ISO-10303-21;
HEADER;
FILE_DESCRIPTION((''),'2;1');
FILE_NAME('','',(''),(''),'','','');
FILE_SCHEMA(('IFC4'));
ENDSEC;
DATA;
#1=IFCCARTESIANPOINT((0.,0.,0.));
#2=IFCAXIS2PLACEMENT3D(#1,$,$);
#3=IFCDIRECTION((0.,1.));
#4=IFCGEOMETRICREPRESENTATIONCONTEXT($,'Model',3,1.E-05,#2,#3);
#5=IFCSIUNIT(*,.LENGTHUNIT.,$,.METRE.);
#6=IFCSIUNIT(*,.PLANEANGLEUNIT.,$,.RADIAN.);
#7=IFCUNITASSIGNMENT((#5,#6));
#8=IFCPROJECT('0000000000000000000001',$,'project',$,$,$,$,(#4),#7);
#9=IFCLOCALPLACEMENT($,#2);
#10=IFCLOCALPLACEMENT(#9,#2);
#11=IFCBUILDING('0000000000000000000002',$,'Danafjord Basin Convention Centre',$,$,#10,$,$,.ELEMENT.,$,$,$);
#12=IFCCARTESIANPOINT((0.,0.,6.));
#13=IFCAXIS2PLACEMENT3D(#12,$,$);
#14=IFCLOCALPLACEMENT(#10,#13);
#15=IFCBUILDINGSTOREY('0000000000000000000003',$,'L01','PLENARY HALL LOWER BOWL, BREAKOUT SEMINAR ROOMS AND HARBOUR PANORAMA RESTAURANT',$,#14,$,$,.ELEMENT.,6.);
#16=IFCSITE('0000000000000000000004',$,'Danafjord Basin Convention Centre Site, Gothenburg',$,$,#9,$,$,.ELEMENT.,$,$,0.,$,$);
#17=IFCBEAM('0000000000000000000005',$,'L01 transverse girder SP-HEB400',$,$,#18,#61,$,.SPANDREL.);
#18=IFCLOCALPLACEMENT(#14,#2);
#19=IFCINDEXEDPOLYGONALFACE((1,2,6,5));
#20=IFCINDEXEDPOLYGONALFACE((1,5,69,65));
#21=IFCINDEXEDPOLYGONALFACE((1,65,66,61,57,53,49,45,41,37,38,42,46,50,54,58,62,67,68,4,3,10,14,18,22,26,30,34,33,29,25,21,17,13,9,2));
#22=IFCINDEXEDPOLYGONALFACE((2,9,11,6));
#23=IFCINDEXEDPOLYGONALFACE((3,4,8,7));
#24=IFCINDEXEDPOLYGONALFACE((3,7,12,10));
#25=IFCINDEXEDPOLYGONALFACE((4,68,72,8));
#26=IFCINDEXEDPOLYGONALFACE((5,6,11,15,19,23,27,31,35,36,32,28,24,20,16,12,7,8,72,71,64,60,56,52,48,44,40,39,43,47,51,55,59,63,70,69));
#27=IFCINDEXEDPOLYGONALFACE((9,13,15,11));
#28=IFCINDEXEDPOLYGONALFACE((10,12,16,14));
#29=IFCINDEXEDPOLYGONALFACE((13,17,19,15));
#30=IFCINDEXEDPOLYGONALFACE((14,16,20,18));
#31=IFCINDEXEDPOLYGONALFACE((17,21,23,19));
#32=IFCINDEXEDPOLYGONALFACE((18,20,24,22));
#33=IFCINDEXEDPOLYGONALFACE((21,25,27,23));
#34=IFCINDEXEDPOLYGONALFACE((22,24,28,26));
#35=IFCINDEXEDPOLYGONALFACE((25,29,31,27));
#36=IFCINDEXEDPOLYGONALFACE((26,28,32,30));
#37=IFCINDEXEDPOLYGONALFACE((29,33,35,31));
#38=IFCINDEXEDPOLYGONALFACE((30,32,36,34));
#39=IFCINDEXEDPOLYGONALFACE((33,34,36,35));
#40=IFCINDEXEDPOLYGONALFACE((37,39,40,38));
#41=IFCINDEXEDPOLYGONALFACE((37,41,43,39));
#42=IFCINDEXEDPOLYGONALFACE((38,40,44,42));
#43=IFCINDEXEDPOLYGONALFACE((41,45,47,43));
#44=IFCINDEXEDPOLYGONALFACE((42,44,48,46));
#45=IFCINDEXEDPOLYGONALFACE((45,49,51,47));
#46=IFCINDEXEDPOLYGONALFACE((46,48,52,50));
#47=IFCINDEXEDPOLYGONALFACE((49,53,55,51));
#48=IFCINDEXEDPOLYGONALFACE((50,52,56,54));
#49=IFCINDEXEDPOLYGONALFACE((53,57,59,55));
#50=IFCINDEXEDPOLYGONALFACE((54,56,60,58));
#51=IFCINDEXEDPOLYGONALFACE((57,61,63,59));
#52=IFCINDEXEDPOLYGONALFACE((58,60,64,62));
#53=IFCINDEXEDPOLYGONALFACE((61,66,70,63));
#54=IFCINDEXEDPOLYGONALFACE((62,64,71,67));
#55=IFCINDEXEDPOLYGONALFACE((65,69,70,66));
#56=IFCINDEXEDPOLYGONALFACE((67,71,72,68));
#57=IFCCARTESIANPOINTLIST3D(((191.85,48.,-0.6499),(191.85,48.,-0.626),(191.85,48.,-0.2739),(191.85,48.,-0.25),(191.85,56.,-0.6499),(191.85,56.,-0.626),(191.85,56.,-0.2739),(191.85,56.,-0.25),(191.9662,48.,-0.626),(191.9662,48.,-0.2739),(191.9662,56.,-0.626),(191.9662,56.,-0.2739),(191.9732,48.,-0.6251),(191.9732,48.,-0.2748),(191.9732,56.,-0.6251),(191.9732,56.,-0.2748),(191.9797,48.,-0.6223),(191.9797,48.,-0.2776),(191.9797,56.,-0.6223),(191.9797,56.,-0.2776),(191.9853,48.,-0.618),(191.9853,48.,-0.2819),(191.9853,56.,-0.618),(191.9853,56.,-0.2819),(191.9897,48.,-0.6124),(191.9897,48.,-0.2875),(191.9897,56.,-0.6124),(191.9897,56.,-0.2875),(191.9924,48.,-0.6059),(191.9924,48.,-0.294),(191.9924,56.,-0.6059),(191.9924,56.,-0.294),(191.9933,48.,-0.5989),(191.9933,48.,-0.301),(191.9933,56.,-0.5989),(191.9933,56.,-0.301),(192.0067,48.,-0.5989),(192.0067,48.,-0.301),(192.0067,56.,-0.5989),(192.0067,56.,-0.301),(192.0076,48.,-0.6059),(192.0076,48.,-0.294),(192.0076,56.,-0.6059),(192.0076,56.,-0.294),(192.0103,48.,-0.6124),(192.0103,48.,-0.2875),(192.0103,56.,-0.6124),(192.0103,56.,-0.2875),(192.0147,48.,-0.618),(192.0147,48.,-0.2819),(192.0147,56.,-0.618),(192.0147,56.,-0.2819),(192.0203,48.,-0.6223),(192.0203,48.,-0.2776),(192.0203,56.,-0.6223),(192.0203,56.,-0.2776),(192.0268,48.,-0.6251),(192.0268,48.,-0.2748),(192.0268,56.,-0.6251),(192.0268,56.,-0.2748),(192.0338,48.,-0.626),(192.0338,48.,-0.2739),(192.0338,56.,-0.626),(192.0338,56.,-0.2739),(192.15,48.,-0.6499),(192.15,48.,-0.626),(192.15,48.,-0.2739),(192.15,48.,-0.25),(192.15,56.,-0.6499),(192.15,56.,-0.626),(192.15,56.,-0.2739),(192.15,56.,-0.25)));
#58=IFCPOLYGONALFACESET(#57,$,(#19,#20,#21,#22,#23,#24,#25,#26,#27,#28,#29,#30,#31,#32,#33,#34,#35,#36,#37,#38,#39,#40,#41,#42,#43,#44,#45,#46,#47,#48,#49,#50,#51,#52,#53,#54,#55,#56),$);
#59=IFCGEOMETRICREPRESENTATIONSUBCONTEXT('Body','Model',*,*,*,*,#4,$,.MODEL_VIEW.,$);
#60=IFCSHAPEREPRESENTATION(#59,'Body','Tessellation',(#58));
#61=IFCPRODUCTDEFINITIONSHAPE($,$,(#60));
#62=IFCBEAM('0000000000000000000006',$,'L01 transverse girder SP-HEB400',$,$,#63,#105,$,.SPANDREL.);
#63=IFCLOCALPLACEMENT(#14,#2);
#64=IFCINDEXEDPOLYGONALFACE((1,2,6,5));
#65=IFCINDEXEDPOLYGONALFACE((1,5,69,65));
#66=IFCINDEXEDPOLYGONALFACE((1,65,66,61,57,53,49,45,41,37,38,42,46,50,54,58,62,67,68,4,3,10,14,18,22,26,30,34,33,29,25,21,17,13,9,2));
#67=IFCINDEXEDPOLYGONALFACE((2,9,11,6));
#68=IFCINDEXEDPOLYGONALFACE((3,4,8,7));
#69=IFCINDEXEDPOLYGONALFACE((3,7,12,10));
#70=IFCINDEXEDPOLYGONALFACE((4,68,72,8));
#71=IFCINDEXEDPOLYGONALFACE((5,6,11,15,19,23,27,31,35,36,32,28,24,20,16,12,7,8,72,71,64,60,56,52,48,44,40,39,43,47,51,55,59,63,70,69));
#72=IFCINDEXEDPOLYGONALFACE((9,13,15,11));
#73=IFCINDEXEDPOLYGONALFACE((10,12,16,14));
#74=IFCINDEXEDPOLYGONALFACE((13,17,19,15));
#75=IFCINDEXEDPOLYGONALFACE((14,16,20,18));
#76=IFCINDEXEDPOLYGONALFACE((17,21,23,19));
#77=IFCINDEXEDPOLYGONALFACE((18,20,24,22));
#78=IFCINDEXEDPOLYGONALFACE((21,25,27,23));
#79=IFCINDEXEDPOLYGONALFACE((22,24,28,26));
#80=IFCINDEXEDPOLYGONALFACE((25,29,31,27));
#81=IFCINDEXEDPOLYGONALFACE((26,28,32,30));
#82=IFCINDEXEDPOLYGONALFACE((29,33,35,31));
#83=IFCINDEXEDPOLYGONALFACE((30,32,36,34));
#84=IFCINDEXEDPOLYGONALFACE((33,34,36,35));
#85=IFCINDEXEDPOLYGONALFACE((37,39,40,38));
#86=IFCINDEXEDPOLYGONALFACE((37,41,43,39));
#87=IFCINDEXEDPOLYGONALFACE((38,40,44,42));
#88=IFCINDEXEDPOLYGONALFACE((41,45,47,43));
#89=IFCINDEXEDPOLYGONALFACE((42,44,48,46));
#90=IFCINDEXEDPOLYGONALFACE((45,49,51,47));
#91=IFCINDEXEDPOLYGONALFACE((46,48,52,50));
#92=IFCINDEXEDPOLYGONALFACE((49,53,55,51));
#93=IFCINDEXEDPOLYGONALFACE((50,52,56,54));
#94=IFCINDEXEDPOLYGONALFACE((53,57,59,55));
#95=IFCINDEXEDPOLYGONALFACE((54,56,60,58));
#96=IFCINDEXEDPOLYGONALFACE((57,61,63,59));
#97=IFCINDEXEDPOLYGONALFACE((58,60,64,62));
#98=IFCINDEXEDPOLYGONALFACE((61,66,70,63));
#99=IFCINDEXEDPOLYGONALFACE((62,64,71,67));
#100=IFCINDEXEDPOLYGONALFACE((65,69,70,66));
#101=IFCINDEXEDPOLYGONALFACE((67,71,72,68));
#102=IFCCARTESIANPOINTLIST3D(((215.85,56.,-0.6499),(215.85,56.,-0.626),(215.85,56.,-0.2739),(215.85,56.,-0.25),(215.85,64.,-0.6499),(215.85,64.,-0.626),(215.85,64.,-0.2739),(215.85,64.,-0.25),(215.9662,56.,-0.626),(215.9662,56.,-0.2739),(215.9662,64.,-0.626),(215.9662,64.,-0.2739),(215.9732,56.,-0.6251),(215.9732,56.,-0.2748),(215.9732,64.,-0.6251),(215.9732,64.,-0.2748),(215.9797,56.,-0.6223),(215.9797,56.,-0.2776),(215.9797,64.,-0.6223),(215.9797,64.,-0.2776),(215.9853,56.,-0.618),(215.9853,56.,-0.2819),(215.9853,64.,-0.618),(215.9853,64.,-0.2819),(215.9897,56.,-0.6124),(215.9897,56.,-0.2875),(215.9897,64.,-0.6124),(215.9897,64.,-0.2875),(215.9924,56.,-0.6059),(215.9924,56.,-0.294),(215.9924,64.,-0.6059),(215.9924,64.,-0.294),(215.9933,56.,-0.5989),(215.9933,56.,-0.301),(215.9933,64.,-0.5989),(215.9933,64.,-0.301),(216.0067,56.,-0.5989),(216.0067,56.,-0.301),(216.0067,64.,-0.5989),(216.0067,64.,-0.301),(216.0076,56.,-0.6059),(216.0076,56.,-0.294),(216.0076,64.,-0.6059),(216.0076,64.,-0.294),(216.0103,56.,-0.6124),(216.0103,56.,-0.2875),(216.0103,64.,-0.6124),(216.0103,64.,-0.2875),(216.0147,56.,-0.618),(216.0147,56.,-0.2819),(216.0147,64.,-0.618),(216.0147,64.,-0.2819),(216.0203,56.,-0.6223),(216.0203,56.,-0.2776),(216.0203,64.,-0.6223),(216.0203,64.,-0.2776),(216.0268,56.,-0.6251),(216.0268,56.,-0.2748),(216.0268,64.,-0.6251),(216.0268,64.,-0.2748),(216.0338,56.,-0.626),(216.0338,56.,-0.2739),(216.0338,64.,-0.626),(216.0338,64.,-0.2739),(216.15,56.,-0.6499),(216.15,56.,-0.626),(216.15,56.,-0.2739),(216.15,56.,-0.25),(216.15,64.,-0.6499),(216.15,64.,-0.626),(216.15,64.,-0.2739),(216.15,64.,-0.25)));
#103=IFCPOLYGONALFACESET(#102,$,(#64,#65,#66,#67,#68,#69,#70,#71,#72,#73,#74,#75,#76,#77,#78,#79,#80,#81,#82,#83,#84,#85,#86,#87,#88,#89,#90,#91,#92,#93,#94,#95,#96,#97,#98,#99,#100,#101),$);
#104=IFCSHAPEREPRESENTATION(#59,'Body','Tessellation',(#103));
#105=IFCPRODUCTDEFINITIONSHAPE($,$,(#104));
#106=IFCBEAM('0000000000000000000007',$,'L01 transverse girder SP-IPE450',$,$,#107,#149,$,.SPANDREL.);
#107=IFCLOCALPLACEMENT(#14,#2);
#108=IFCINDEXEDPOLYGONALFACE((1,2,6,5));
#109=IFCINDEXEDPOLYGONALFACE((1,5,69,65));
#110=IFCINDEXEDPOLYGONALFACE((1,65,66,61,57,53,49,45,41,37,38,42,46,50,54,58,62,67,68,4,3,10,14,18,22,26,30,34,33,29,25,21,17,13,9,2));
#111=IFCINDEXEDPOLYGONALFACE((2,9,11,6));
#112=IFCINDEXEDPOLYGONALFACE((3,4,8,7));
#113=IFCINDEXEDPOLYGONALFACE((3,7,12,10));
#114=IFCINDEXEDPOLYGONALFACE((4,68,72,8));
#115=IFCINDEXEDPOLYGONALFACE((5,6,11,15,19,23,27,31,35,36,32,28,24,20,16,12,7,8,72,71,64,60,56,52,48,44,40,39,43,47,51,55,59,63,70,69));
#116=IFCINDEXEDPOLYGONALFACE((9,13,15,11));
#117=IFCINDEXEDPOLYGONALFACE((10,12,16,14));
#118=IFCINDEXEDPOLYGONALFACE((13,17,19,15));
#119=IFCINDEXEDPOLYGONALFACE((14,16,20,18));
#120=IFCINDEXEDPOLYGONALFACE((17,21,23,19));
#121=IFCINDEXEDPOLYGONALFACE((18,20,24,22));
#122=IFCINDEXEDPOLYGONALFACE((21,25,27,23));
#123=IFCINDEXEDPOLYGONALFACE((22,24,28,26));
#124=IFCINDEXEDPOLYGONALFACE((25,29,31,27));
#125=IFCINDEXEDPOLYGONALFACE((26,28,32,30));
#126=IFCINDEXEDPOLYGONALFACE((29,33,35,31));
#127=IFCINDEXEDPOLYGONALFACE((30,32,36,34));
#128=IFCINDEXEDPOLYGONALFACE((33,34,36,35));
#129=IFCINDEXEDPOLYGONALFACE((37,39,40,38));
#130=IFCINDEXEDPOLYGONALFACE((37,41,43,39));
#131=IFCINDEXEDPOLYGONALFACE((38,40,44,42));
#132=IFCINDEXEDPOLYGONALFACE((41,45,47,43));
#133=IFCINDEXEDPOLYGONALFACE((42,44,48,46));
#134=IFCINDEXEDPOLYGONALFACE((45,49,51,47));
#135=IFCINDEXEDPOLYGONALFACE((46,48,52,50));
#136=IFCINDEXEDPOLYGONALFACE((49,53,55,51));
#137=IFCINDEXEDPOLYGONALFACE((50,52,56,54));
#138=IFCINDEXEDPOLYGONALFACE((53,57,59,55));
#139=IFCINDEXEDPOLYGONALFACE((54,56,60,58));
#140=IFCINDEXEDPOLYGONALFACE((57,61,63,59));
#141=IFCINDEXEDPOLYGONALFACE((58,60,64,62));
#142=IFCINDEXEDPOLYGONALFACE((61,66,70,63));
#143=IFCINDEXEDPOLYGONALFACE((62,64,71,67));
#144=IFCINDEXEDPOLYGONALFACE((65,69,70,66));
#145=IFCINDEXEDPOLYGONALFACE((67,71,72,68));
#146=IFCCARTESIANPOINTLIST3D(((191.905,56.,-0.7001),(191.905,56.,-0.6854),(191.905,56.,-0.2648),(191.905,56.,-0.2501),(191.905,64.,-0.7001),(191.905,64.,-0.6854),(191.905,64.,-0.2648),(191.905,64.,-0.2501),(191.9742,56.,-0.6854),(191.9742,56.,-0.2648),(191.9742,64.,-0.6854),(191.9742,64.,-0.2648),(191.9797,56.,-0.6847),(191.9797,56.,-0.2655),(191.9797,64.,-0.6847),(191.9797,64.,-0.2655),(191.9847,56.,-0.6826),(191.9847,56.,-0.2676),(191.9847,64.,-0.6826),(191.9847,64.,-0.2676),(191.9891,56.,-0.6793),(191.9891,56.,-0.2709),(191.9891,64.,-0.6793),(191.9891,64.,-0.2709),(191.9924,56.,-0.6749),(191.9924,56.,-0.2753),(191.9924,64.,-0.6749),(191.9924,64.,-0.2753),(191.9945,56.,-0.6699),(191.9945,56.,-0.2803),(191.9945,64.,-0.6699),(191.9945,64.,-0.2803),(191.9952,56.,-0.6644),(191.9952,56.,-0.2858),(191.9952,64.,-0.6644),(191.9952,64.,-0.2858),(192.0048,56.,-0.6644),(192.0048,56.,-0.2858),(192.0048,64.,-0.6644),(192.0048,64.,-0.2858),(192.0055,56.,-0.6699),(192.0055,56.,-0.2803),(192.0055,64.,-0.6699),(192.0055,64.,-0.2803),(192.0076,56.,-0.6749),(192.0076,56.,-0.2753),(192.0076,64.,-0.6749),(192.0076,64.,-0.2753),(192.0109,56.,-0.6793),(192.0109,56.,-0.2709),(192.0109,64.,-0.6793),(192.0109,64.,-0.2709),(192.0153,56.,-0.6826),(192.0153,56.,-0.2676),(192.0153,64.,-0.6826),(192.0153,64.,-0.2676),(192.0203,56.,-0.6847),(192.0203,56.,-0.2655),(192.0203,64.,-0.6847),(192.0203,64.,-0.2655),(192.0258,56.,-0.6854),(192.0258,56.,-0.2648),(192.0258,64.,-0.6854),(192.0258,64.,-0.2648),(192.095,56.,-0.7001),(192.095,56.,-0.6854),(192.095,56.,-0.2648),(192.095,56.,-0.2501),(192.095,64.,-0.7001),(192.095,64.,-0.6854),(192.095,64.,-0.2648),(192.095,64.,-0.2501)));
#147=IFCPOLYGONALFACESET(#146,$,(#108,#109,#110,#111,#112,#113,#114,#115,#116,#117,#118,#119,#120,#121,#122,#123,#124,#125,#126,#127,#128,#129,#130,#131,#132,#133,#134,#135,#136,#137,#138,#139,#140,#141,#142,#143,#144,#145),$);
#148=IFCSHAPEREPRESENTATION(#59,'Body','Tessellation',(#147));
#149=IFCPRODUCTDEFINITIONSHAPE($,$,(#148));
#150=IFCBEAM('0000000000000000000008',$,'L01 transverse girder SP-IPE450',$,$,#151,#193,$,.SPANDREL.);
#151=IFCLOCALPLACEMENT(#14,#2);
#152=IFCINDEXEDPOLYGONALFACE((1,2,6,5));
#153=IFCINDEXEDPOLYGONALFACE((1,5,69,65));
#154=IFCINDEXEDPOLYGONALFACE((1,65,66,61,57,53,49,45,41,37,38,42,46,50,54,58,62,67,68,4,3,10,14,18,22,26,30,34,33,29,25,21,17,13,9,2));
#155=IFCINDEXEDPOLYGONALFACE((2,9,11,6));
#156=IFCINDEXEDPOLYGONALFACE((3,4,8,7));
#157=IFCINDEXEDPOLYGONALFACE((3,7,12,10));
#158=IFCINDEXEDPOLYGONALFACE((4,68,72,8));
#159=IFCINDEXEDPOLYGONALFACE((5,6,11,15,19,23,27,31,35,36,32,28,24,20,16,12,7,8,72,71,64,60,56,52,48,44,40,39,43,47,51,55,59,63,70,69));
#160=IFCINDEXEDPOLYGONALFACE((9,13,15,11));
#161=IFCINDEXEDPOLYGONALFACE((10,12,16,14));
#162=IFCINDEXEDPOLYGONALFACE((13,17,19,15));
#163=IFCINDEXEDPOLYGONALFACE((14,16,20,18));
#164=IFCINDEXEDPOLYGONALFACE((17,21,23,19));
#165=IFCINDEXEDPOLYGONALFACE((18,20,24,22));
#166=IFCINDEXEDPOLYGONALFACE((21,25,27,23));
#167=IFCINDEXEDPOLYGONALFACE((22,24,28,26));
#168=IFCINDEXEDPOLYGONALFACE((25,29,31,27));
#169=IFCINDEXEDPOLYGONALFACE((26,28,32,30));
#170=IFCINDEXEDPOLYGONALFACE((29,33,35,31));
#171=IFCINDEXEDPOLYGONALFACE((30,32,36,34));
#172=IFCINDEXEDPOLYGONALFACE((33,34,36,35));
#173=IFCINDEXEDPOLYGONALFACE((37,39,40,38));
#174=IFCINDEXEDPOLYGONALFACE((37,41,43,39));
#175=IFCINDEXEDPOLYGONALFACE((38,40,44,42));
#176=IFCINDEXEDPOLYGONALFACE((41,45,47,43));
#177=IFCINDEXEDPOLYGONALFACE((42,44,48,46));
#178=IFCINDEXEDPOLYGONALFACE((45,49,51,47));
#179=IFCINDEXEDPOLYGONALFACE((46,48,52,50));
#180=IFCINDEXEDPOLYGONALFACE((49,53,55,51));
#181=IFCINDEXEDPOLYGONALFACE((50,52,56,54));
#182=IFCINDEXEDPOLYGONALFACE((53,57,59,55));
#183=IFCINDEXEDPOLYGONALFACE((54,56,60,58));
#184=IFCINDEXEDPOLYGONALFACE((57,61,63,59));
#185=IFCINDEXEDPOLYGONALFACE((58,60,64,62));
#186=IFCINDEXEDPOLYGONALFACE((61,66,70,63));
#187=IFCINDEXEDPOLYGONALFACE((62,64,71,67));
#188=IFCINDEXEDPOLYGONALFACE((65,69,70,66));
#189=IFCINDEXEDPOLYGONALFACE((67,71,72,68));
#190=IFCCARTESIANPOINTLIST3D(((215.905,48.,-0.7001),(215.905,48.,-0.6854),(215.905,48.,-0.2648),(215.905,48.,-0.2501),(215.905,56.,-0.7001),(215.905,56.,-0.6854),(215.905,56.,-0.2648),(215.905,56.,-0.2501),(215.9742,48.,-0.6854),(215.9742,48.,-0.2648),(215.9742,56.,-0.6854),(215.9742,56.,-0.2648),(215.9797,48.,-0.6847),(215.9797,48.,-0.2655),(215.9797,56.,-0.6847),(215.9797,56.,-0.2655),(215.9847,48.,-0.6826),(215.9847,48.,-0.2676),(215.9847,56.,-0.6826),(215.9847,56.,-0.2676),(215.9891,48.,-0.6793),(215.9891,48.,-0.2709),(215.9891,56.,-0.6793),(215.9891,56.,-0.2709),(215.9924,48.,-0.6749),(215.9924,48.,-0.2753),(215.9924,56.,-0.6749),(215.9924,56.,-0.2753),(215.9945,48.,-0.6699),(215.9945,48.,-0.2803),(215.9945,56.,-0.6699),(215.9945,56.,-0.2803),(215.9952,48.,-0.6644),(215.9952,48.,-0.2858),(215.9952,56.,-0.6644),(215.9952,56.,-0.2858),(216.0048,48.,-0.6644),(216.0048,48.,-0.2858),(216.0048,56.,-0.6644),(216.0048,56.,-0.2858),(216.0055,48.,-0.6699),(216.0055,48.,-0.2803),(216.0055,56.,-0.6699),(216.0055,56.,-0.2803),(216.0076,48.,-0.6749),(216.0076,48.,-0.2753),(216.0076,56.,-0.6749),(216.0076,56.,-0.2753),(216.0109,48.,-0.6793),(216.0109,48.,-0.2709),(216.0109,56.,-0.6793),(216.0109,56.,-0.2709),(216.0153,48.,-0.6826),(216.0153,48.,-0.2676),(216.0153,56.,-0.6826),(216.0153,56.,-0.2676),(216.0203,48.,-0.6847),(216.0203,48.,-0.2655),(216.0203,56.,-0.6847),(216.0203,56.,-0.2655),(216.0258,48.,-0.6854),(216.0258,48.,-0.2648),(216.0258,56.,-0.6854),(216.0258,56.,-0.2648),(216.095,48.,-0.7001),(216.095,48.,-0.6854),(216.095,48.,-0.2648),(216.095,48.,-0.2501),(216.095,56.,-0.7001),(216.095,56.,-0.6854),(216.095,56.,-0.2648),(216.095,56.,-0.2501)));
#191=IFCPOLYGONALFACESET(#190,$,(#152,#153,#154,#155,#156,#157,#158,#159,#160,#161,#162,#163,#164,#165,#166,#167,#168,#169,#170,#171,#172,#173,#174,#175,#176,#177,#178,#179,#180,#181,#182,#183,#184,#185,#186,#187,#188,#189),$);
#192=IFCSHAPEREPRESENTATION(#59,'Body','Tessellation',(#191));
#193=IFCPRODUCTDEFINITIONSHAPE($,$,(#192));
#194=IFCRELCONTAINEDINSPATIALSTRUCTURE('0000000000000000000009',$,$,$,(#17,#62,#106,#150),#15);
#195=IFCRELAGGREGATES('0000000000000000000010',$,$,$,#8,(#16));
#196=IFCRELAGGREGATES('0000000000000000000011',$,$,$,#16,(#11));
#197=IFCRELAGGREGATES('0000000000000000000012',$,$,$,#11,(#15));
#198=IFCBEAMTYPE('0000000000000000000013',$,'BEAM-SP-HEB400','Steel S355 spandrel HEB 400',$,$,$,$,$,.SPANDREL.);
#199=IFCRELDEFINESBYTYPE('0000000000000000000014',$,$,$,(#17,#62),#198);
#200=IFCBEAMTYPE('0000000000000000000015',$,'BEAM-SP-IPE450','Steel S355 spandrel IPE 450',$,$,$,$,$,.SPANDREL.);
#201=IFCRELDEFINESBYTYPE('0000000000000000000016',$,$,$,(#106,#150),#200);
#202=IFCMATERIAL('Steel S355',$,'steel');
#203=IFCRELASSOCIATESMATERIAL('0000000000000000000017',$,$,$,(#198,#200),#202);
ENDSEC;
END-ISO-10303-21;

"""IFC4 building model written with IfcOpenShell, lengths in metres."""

from ifc_helpers import new_model, si_unit, direction, frame, origin, origin_2d, place, context, subcontext, project, spatial, i_section, extrude, material, material_profile, profile_set, type_object, element, save


model = new_model("IFC4")

# Units and contexts
model_context = context("Model", 3, precision=1e-05, world=origin(), true_north=direction((0.0, 1.0)))
body_context = subcontext(model_context, "Body", "Model", "MODEL_VIEW")
ifc_project = project(units=[si_unit("LENGTHUNIT", "METRE"), si_unit("PLANEANGLEUNIT", "RADIAN")], contexts=[model_context])

# Site, building, storey
site_placement = place(None, origin())
site = spatial("IfcSite", under=ifc_project, at=site_placement, Name="Danafjord Basin Convention Centre Site, Gothenburg", CompositionType="ELEMENT", RefElevation=0.0)
building_placement = place(site_placement, origin())
building = spatial("IfcBuilding", under=site, at=building_placement, Name="Danafjord Basin Convention Centre", CompositionType="ELEMENT")
storey_placement = place(building_placement, frame((0.0, 0.0, 6.0)))
storey = spatial("IfcBuildingStorey", under=building, at=storey_placement, Name="L01", Description="PLENARY HALL LOWER BOWL, BREAKOUT SEMINAR ROOMS AND HARBOUR PANORAMA RESTAURANT", CompositionType="ELEMENT", Elevation=6.0)

# Shared definitions
ifc_material_1 = material(Name="Steel S355", Category="steel")

# Beams
ifc_material_profile_1 = material_profile(ifc_material_1, i_section(OverallWidth=0.3, OverallDepth=0.3999, WebThickness=0.0134, FlangeThickness=0.0239, FilletRadius=0.0271, at=origin_2d()), Name="HEB 400")
ifc_profile_set_1 = profile_set([ifc_material_profile_1], Name="Steel S355")
beam_type_1 = type_object("IfcBeamType", Name="BEAM-SP-HEB400", Description="Steel S355 spandrel HEB 400", PredefinedType="SPANDREL", material=ifc_profile_set_1)
for number, where, z_axis, x_axis, name in (
    (1, (192.0, 48.0, -0.45), (0.0, 1.0, 0.0), (-1.0, 0.0, 0.0), "L01 transverse girder SP-HEB400"),
    (2, (216.0, 56.0, -0.45), (0.0, 1.0, 0.0), (-1.0, 0.0, 0.0), "L01 transverse girder SP-HEB400"),
):
    element("IfcBeam", number, at=place(storey_placement, frame(where, z_axis=z_axis, x_axis=x_axis)), inside=storey, type_object=beam_type_1, Name=name, PredefinedType="SPANDREL", context=body_context, shape_type="SweptSolid", body=[
        extrude(i_section(OverallWidth=0.3, OverallDepth=0.3999, WebThickness=0.0134, FlangeThickness=0.0239, FilletRadius=0.0271, at=origin_2d()), origin(), (0.0, 0.0, 1.0), 8.0),
    ])
ifc_material_profile_2 = material_profile(ifc_material_1, i_section(OverallWidth=0.1899, OverallDepth=0.45, WebThickness=0.0095, FlangeThickness=0.0146, FilletRadius=0.021, at=origin_2d()), Name="IPE 450")
ifc_profile_set_2 = profile_set([ifc_material_profile_2], Name="Steel S355")
beam_type_2 = type_object("IfcBeamType", Name="BEAM-SP-IPE450", Description="Steel S355 spandrel IPE 450", PredefinedType="SPANDREL", material=ifc_profile_set_2)
for number, where, z_axis, x_axis, name in (
    (3, (192.0, 56.0, -0.4751), (0.0, 1.0, 0.0), (-1.0, 0.0, 0.0), "L01 transverse girder SP-IPE450"),
    (4, (216.0, 48.0, -0.4751), (0.0, 1.0, 0.0), (-1.0, 0.0, 0.0), "L01 transverse girder SP-IPE450"),
):
    element("IfcBeam", number, at=place(storey_placement, frame(where, z_axis=z_axis, x_axis=x_axis)), inside=storey, type_object=beam_type_2, Name=name, PredefinedType="SPANDREL", context=body_context, shape_type="SweptSolid", body=[
        extrude(i_section(OverallWidth=0.1899, OverallDepth=0.45, WebThickness=0.0095, FlangeThickness=0.0146, FilletRadius=0.021, at=origin_2d()), origin(), (0.0, 0.0, 1.0), 8.0),
    ])

save(model, "model.ifc")
